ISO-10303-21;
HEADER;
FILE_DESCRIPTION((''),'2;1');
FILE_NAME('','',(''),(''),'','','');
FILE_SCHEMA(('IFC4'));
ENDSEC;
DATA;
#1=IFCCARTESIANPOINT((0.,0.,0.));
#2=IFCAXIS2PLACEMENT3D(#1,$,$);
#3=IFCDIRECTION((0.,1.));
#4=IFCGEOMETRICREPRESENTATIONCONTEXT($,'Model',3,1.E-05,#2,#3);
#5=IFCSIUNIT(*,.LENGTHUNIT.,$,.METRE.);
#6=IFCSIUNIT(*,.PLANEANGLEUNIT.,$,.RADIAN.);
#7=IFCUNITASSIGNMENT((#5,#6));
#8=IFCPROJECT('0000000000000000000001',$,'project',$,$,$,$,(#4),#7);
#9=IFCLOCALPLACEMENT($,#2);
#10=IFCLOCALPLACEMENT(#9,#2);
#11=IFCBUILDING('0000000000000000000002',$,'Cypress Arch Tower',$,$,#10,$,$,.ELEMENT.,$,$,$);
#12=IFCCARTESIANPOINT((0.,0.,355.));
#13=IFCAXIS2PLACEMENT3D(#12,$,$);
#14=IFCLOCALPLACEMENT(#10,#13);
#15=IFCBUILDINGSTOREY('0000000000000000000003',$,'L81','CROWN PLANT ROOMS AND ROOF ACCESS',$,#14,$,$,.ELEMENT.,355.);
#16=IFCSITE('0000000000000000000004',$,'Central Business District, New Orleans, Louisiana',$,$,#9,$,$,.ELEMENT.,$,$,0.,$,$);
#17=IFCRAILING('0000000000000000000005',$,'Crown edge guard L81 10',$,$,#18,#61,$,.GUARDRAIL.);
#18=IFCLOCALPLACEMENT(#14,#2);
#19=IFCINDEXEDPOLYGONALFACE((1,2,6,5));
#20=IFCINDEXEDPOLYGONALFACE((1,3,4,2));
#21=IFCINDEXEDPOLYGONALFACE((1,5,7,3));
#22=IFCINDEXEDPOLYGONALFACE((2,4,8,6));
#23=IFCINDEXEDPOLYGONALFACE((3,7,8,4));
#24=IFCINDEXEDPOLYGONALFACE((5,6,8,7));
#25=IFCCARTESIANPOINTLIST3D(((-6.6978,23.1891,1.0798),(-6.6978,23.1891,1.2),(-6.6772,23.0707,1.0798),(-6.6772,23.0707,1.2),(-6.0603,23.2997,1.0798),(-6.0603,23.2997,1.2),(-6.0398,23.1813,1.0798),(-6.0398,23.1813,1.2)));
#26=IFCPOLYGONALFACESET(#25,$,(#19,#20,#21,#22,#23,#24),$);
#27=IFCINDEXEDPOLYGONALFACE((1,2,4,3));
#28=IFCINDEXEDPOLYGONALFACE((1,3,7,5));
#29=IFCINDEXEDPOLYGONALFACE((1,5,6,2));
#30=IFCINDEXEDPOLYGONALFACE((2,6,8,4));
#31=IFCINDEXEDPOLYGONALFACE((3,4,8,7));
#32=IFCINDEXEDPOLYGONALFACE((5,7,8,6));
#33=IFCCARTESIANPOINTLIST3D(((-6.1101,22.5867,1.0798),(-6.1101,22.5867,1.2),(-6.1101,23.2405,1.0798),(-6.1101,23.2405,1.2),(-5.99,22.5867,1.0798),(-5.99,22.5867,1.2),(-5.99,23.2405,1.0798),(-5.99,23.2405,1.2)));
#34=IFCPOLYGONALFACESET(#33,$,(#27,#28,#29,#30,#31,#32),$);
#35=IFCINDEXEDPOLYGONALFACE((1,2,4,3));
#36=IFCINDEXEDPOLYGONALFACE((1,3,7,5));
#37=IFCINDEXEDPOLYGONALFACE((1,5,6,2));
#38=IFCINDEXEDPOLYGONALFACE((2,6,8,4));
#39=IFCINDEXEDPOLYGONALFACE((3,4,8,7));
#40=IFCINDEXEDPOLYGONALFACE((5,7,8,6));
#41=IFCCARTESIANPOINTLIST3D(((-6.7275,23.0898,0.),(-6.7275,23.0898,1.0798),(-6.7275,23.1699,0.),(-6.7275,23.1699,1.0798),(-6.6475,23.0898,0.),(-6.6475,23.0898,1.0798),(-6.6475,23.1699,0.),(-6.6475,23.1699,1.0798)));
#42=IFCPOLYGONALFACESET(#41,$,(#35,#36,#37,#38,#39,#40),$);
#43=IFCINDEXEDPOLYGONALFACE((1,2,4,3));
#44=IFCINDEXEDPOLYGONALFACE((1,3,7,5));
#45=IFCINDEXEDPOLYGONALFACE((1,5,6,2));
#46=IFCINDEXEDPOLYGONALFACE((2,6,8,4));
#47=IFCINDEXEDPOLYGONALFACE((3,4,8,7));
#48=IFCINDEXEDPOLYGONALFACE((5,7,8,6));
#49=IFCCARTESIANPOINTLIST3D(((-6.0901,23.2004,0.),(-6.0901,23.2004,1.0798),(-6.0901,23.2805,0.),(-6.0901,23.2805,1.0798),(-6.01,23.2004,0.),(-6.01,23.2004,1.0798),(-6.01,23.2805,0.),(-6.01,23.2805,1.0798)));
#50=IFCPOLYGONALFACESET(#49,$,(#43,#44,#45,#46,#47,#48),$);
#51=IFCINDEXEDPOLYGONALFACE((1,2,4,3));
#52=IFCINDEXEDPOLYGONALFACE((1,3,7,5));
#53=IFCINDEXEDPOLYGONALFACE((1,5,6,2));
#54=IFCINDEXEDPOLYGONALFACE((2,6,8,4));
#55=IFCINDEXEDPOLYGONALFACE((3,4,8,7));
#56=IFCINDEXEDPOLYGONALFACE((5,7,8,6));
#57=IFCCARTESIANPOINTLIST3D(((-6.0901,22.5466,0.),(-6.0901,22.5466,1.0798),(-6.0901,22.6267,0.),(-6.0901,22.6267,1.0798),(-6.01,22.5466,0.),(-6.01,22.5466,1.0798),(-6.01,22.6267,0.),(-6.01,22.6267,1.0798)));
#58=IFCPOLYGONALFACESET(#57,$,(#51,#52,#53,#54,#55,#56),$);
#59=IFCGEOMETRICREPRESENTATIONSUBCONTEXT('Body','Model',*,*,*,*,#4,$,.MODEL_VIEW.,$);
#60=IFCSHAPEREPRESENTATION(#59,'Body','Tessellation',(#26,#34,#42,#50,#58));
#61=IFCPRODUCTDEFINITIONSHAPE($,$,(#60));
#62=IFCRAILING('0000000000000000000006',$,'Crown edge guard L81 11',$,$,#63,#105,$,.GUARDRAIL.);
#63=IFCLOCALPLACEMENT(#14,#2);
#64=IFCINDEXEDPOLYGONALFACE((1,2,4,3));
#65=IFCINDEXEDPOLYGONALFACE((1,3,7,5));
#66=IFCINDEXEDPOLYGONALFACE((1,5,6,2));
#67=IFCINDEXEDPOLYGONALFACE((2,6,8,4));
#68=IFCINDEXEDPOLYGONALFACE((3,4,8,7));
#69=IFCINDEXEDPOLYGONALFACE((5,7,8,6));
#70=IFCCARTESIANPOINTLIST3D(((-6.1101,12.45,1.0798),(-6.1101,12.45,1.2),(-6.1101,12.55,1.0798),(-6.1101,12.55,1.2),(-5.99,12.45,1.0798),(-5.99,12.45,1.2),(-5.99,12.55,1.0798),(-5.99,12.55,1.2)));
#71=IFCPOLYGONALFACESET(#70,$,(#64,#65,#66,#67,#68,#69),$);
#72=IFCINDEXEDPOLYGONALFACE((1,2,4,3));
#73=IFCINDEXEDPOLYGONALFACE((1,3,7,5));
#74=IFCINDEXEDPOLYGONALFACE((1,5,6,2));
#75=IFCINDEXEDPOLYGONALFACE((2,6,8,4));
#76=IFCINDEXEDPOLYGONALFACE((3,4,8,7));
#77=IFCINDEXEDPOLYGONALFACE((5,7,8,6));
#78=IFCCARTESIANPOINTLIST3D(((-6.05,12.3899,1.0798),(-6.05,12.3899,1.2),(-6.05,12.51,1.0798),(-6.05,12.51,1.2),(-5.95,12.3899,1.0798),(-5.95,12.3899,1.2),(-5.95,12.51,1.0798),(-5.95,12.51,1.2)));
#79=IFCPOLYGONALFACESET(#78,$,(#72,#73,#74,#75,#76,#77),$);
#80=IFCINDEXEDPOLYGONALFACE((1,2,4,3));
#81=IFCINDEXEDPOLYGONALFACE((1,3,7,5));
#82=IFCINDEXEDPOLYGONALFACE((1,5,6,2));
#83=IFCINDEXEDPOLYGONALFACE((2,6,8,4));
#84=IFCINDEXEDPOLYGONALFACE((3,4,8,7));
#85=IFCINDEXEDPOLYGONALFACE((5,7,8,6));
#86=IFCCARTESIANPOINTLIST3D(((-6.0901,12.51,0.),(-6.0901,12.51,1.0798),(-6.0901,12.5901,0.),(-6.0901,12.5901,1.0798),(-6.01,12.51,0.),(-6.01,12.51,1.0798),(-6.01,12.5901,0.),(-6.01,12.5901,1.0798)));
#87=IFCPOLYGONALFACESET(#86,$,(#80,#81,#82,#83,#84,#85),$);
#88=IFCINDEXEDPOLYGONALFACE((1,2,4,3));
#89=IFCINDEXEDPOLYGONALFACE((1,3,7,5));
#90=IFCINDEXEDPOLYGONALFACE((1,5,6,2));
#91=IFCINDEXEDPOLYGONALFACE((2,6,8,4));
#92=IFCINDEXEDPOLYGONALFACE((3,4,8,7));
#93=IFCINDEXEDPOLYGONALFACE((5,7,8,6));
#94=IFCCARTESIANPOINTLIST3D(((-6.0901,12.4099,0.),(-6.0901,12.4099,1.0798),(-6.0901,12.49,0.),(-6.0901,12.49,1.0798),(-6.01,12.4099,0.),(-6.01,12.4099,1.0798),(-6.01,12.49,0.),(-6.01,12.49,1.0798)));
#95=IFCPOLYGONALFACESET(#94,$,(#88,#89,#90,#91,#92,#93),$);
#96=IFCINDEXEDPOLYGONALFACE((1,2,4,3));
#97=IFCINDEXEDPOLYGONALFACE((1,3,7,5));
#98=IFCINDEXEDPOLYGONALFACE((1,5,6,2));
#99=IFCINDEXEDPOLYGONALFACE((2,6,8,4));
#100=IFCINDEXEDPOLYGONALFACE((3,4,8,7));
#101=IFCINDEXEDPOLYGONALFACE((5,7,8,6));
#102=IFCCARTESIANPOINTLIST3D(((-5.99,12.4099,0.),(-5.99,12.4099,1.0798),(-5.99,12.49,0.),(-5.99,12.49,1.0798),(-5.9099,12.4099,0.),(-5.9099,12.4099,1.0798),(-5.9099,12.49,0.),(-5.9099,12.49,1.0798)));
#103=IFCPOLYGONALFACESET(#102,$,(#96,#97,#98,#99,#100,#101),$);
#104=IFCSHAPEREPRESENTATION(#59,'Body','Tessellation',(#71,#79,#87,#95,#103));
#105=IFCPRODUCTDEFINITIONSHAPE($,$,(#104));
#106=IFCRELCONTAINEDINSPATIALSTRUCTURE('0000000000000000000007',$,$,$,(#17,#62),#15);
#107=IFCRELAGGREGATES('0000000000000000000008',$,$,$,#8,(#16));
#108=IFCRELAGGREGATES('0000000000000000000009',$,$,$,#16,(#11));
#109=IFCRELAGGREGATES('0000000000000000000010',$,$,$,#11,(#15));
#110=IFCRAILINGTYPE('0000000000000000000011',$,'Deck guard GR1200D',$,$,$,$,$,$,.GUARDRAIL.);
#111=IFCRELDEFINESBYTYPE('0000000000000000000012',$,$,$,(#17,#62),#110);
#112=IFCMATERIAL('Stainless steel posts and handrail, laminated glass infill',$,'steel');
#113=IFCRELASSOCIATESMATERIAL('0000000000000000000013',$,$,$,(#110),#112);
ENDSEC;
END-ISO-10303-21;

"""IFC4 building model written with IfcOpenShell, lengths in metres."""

from ifc_helpers import new_model, si_unit, direction, frame, origin, origin_2d, place, context, subcontext, project, spatial, rectangle, extrude, material, type_object, element, save


model = new_model("IFC4")

# Units and contexts
model_context = context("Model", 3, precision=1e-05, world=origin(), true_north=direction((0.0, 1.0)))
body_context = subcontext(model_context, "Body", "Model", "MODEL_VIEW")
ifc_project = project(units=[si_unit("LENGTHUNIT", "METRE"), si_unit("PLANEANGLEUNIT", "RADIAN")], contexts=[model_context])

# Site, building, storey
site_placement = place(None, origin())
site = spatial("IfcSite", under=ifc_project, at=site_placement, Name="Central Business District, New Orleans, Louisiana", CompositionType="ELEMENT", RefElevation=0.0)
building_placement = place(site_placement, origin())
building = spatial("IfcBuilding", under=site, at=building_placement, Name="Cypress Arch Tower", CompositionType="ELEMENT")
storey_placement = place(building_placement, frame((0.0, 0.0, 355.0)))
storey = spatial("IfcBuildingStorey", under=building, at=storey_placement, Name="L81", Description="CROWN PLANT ROOMS AND ROOF ACCESS", CompositionType="ELEMENT", Elevation=355.0)

# Railings
ifc_material_1 = material(Name="Stainless steel posts and handrail, laminated glass infill", Category="steel")
railing_type = type_object("IfcRailingType", Name="Deck guard GR1200D", PredefinedType="GUARDRAIL", material=ifc_material_1)
railing_1_placement = place(storey_placement, frame((-6.6875, 23.1299, 0.0)))
element("IfcRailing", 1, at=railing_1_placement, inside=storey, type_object=railing_type, Name="Crown edge guard L81 10", PredefinedType="GUARDRAIL", context=body_context, shape_type="SweptSolid", body=[
    extrude(rectangle(XDim=0.1201, YDim=0.1201, at=origin_2d()), frame((0.0, 0.0, 1.1399), z_axis=(0.985281, 0.170943, 0.0), x_axis=(-0.170943, 0.985281, 0.0)), (0.0, 0.0, 1.0), 0.647),
    extrude(rectangle(XDim=0.1201, YDim=0.1201, at=origin_2d()), frame((0.6375, 0.1106, 1.1399), z_axis=(0.0, -1.0, 0.0), x_axis=(1.0, 0.0, 0.0)), (0.0, 0.0, 1.0), 0.6538),
    extrude(rectangle(XDim=0.0801, YDim=0.0801, at=origin_2d()), origin(), (0.0, 0.0, 1.0), 1.0798),
    extrude(rectangle(XDim=0.0801, YDim=0.0801, at=origin_2d()), frame((0.6375, 0.1106, 0.0)), (0.0, 0.0, 1.0), 1.0798),
    extrude(rectangle(XDim=0.0801, YDim=0.0801, at=origin_2d()), frame((0.6375, -0.5432, 0.0)), (0.0, 0.0, 1.0), 1.0798),
])
railing_2_placement = place(storey_placement, frame((-6.05, 12.55, 0.0)))
element("IfcRailing", 2, at=railing_2_placement, inside=storey, type_object=railing_type, Name="Crown edge guard L81 11", PredefinedType="GUARDRAIL", context=body_context, shape_type="SweptSolid", body=[
    extrude(rectangle(XDim=0.1201, YDim=0.1201, at=origin_2d()), frame((0.0, 0.0, 1.1399), z_axis=(0.0, -1.0, 0.0), x_axis=(1.0, 0.0, 0.0)), (0.0, 0.0, 1.0), 0.1001),
    extrude(rectangle(XDim=0.1201, YDim=0.1201, at=origin_2d()), frame((0.0, -0.1001, 1.1399), z_axis=(1.0, 0.0, 0.0), x_axis=(0.0, 1.0, 0.0)), (0.0, 0.0, 1.0), 0.1001),
    extrude(rectangle(XDim=0.0801, YDim=0.0801, at=origin_2d()), origin(), (0.0, 0.0, 1.0), 1.0798),
    extrude(rectangle(XDim=0.0801, YDim=0.0801, at=origin_2d()), frame((0.0, -0.1001, 0.0)), (0.0, 0.0, 1.0), 1.0798),
    extrude(rectangle(XDim=0.0801, YDim=0.0801, at=origin_2d()), frame((0.1001, -0.1001, 0.0)), (0.0, 0.0, 1.0), 1.0798),
])

save(model, "model.ifc")
